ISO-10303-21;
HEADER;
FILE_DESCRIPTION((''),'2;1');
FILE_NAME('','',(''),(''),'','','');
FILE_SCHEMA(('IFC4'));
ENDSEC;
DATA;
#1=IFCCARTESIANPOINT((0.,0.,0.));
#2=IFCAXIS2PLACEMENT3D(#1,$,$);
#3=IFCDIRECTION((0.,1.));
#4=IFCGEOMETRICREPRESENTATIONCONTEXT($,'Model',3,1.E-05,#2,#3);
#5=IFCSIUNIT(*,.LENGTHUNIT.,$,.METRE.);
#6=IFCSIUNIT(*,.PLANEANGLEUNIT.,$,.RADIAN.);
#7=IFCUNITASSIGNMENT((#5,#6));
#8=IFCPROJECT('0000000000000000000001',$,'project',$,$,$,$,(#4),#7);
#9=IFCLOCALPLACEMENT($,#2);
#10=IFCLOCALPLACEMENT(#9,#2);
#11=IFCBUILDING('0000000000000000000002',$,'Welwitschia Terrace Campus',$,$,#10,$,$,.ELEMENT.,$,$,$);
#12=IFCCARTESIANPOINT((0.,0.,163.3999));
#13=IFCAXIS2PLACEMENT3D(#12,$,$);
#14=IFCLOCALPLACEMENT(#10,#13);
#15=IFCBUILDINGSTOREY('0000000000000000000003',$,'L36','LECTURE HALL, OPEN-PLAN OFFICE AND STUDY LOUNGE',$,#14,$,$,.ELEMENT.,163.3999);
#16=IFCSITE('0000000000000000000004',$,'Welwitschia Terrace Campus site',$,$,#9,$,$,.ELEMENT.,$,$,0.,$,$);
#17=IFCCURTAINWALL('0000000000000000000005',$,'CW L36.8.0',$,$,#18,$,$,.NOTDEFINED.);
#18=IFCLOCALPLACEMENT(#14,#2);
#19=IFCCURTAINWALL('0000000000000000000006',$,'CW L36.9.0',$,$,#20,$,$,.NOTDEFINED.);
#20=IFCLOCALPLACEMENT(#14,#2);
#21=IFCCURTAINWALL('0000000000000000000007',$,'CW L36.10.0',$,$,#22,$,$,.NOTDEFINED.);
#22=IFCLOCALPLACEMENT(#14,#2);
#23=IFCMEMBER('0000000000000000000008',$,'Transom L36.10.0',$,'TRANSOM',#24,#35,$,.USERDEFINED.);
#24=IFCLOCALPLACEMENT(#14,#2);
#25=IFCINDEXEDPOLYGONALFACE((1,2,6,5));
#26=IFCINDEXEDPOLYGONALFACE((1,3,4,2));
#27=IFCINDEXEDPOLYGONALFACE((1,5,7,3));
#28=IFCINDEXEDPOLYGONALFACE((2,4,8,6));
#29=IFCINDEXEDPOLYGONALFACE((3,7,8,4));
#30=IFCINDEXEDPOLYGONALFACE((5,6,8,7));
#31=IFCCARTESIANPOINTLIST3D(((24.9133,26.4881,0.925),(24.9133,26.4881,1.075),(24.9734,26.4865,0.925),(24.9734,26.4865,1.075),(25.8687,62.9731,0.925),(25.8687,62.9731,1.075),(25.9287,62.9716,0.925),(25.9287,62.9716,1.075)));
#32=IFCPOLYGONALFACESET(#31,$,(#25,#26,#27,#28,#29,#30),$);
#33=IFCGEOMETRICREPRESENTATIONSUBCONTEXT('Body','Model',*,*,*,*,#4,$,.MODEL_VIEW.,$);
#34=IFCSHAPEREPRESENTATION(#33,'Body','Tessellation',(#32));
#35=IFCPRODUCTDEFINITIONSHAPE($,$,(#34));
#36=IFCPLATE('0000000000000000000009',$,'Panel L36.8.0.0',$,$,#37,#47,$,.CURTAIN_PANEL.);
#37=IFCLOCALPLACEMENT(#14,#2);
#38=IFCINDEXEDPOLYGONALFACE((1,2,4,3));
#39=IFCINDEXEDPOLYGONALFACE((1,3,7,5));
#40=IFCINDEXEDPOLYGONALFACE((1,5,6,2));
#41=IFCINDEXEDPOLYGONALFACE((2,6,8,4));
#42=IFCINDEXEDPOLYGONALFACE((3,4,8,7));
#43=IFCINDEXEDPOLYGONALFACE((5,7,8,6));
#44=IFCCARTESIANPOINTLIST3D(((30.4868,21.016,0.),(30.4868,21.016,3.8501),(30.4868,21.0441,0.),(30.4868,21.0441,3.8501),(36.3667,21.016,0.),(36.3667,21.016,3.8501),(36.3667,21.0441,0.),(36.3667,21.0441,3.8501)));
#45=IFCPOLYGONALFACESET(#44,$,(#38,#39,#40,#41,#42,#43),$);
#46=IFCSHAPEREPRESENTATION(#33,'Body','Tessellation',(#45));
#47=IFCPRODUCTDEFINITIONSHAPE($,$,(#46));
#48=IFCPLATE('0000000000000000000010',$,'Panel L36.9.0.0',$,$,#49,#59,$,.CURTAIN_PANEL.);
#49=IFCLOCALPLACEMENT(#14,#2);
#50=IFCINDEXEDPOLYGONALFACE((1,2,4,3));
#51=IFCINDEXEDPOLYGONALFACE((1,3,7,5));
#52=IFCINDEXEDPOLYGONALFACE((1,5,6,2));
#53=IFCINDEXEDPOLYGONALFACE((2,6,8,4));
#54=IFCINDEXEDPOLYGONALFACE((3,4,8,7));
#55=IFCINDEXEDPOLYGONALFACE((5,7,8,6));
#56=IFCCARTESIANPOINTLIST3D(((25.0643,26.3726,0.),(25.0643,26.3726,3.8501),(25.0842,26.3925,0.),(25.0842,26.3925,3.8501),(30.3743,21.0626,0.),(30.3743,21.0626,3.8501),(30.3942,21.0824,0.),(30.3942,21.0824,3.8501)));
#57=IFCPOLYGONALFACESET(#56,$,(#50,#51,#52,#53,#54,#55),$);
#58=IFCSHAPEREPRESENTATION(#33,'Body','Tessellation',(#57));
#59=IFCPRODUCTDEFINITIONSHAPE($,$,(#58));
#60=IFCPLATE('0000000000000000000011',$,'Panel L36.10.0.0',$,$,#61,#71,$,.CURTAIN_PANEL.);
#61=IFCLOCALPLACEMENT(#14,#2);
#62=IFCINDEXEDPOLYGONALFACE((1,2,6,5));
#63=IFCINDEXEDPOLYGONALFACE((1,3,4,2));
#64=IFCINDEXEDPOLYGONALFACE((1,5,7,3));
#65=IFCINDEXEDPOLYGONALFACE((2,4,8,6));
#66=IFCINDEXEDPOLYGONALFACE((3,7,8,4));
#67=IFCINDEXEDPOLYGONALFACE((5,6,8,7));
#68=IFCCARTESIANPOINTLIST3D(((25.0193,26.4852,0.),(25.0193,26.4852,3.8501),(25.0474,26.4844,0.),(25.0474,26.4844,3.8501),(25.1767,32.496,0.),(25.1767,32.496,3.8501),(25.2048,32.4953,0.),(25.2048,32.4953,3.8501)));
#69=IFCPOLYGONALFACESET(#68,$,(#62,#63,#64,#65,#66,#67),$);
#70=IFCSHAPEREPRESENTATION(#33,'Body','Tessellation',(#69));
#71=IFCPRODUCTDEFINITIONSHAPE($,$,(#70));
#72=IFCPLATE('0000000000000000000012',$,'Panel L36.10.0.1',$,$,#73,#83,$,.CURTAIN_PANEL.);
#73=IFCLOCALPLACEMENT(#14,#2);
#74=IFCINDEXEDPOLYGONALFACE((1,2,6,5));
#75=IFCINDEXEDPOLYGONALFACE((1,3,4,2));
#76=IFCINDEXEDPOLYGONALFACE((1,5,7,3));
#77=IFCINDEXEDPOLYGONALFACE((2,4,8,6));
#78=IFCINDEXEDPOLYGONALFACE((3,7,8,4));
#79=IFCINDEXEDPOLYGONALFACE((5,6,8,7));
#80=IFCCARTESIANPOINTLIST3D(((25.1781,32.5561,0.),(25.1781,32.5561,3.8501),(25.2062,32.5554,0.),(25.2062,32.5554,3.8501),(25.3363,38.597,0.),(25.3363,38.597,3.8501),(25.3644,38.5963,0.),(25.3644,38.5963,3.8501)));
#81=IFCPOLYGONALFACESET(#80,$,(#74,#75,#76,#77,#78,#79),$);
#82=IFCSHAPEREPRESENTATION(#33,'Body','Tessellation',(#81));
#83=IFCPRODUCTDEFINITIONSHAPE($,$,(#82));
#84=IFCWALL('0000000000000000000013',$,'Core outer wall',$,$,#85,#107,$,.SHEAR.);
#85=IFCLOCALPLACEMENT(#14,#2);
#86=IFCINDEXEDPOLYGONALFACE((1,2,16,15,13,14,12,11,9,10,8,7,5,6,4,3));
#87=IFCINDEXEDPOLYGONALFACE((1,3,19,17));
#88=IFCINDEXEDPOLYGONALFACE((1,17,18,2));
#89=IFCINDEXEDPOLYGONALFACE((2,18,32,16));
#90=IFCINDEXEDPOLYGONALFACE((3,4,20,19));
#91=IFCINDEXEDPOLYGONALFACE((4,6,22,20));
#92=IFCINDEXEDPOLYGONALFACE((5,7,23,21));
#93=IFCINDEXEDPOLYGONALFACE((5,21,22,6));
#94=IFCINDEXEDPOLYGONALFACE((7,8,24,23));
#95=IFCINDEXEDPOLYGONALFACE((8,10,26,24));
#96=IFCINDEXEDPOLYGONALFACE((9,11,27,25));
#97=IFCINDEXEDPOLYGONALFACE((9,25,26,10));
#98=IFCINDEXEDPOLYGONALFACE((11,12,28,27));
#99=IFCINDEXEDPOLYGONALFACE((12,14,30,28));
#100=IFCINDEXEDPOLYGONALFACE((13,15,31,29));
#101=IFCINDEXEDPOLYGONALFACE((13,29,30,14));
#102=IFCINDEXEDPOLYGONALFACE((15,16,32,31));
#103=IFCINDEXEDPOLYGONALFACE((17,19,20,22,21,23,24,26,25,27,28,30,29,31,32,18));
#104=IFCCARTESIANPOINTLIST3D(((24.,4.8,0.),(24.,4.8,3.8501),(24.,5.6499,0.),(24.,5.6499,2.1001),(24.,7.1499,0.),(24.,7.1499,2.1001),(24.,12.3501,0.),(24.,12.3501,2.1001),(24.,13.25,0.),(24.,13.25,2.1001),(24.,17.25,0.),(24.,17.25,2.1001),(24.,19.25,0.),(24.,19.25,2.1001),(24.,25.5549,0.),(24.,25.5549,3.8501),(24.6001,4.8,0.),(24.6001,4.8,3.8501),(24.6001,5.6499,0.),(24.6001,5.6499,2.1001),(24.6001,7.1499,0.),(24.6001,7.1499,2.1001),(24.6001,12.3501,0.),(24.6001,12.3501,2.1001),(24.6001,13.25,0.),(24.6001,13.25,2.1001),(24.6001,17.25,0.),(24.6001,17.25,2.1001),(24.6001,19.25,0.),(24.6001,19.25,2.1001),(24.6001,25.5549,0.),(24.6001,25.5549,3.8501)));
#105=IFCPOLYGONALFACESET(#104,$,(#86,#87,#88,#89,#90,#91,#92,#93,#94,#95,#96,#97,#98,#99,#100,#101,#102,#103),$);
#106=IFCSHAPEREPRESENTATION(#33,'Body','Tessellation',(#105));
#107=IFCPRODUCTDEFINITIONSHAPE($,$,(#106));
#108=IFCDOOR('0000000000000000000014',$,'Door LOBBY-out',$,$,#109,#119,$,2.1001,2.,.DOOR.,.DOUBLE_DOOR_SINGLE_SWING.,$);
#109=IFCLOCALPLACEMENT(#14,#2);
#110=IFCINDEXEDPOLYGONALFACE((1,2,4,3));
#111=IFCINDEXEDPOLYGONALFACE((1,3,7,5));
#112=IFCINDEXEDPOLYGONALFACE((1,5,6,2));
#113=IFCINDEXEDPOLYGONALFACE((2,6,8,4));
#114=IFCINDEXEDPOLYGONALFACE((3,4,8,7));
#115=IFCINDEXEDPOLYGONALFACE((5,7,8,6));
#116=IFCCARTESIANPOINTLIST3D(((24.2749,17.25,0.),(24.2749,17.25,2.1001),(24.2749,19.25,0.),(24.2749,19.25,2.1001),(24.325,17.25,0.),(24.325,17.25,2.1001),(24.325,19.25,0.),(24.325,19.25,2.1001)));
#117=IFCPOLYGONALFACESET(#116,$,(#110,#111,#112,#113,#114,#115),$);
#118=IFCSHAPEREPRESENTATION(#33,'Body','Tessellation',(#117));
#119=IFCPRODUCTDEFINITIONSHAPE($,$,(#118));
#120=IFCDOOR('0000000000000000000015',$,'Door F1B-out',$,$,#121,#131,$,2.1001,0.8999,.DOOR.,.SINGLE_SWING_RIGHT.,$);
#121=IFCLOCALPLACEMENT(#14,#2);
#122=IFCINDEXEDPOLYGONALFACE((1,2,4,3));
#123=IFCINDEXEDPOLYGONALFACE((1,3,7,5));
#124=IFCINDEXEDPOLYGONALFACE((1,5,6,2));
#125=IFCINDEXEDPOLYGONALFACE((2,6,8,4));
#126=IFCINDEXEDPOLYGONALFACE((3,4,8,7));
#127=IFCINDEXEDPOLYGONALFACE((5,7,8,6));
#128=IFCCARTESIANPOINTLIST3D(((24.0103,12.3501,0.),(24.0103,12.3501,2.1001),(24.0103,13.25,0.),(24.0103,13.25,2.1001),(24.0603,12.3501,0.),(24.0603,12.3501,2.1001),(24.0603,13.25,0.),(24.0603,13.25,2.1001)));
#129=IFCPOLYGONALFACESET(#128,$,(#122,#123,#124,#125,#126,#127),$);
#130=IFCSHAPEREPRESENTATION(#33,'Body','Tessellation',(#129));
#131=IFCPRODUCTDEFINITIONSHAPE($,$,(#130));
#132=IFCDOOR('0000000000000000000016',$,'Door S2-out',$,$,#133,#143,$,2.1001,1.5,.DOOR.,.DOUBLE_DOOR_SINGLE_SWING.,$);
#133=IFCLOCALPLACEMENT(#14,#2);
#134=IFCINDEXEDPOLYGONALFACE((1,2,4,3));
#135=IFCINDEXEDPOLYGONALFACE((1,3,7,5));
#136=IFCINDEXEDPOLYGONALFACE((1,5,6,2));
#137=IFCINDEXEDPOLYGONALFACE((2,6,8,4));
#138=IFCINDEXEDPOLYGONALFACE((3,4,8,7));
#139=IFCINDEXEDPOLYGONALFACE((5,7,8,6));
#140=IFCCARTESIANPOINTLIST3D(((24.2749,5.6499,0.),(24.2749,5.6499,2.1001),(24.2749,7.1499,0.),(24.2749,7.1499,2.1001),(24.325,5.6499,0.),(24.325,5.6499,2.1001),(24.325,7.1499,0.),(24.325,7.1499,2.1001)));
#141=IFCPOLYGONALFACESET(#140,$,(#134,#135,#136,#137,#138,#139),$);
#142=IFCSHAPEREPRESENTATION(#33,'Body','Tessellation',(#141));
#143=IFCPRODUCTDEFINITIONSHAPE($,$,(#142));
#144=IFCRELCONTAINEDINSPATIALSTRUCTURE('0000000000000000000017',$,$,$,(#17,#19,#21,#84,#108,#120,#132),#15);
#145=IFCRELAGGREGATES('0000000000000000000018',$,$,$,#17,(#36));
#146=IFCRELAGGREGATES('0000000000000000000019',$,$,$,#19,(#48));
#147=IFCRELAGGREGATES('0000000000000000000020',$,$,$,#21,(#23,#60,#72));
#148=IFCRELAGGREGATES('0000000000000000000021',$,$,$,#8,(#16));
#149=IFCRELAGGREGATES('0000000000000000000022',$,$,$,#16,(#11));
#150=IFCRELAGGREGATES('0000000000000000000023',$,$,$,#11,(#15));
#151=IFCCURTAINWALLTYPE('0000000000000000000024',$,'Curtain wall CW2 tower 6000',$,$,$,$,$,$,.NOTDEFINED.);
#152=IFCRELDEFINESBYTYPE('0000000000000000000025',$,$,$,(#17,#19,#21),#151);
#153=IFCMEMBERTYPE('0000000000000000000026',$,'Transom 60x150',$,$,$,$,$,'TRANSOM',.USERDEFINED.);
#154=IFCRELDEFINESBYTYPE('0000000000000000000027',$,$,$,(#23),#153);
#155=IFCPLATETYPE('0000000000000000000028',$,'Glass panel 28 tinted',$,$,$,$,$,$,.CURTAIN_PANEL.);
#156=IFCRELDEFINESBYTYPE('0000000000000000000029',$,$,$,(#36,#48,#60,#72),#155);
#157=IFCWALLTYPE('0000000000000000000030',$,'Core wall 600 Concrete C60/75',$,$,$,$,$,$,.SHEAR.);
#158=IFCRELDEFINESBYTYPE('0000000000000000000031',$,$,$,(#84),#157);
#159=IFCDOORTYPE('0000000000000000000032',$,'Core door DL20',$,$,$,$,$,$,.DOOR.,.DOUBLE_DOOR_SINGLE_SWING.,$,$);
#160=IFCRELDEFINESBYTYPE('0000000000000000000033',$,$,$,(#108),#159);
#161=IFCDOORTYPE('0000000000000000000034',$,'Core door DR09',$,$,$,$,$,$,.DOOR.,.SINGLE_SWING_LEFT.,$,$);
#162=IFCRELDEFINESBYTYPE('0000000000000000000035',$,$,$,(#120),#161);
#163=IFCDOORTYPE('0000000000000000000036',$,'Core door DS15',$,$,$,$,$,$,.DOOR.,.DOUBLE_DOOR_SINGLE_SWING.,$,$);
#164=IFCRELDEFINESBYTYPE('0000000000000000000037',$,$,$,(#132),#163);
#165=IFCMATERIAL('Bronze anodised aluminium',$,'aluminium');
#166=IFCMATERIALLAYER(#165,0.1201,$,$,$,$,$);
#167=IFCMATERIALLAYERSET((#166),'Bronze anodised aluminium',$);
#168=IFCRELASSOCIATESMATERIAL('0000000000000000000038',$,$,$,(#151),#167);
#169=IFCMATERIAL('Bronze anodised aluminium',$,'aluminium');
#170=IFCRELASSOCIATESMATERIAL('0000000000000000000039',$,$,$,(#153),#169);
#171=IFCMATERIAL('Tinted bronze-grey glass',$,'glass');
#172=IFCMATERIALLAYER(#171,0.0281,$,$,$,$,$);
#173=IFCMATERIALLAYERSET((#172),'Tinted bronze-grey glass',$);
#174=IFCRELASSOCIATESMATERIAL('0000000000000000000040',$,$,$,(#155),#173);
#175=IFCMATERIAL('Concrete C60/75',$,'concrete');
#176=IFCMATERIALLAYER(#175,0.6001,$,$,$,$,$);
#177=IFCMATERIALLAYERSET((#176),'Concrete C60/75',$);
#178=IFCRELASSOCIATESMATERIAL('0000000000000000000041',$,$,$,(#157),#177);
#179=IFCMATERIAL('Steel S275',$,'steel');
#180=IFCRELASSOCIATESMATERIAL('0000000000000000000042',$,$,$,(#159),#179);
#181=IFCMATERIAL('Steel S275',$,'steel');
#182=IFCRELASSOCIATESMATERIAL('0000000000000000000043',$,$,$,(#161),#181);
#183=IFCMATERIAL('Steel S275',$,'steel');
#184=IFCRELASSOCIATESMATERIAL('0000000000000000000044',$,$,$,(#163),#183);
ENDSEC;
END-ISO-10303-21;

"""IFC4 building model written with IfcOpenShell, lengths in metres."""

from ifc_helpers import new_model, si_unit, direction, frame, frame_2d, origin, origin_2d, place, context, subcontext, project, spatial, rectangle, extrude, material, layer, layer_set, material_profile, profile_set, type_object, element, fill, aggregate, save


model = new_model("IFC4")

# Units and contexts
model_context = context("Model", 3, precision=1e-05, world=origin(), true_north=direction((0.0, 1.0)))
body_context = subcontext(model_context, "Body", "Model", "MODEL_VIEW")
ifc_project = project(units=[si_unit("LENGTHUNIT", "METRE"), si_unit("PLANEANGLEUNIT", "RADIAN")], contexts=[model_context])

# Site, building, storey
site_placement = place(None, origin())
site = spatial("IfcSite", under=ifc_project, at=site_placement, Name="Welwitschia Terrace Campus site", CompositionType="ELEMENT", RefElevation=0.0)
building_placement = place(site_placement, origin())
building = spatial("IfcBuilding", under=site, at=building_placement, Name="Welwitschia Terrace Campus", CompositionType="ELEMENT")
storey_placement = place(building_placement, frame((0.0, 0.0, 163.3999)))
storey = spatial("IfcBuildingStorey", under=building, at=storey_placement, Name="L36", Description="LECTURE HALL, OPEN-PLAN OFFICE AND STUDY LOUNGE", CompositionType="ELEMENT", Elevation=163.3999)

# Shared definitions
ifc_material_1 = material(Name="Bronze anodised aluminium", Category="aluminium")
ifc_layer_1 = layer(ifc_material_1, 0.1201)
ifc_layer_set_1 = layer_set([ifc_layer_1], Name="Bronze anodised aluminium")
curtain_wall_type = type_object("IfcCurtainWallType", Name="Curtain wall CW2 tower 6000", PredefinedType="NOTDEFINED", material=ifc_layer_set_1)

# Curtain walls
curtain_wall_1_placement = place(storey_placement, origin())
curtain_wall_1 = element("IfcCurtainWall", 1, at=curtain_wall_1_placement, inside=storey, type_object=curtain_wall_type, Name="CW L36.8.0", PredefinedType="NOTDEFINED")
curtain_wall_2_placement = place(storey_placement, origin())
curtain_wall_2 = element("IfcCurtainWall", 2, at=curtain_wall_2_placement, inside=storey, type_object=curtain_wall_type, Name="CW L36.9.0", PredefinedType="NOTDEFINED")
curtain_wall_3_placement = place(storey_placement, origin())
curtain_wall_3 = element("IfcCurtainWall", 3, at=curtain_wall_3_placement, inside=storey, type_object=curtain_wall_type, Name="CW L36.10.0", PredefinedType="NOTDEFINED")

# Member
ifc_material_2 = material(Name="Bronze anodised aluminium", Category="aluminium")
ifc_material_profile_1 = material_profile(ifc_material_2, rectangle(XDim=0.0601, YDim=0.1499, at=origin_2d()))
ifc_profile_set_1 = profile_set([ifc_material_profile_1], Name="Bronze anodised aluminium")
member_type_1 = type_object("IfcMemberType", Name="Transom 60x150", ElementType="TRANSOM", PredefinedType="USERDEFINED", material=ifc_profile_set_1)
member_1_placement = place(storey_placement, frame((24.9434, 26.4873, 1.0), z_axis=(0.026175, 0.999657, 0.0), x_axis=(-0.999657, 0.026175, 0.0)))
member_1 = element("IfcMember", 4, at=member_1_placement, type_object=member_type_1, Name="Transom L36.10.0", ObjectType="TRANSOM", PredefinedType="USERDEFINED", context=body_context, shape_type="SweptSolid", body=[
    extrude(rectangle(XDim=0.0601, YDim=0.1499, at=origin_2d()), origin(), (0.0, 0.0, 1.0), 36.4976),
])

# Plates
ifc_material_3 = material(Name="Tinted bronze-grey glass", Category="glass")
ifc_layer_2 = layer(ifc_material_3, 0.0281)
ifc_layer_set_2 = layer_set([ifc_layer_2], Name="Tinted bronze-grey glass")
plate_type = type_object("IfcPlateType", Name="Glass panel 28 tinted", PredefinedType="CURTAIN_PANEL", material=ifc_layer_set_2)
plate_1_placement = place(storey_placement, frame((33.4268, 21.03, 0.0), z_axis=(0.0, 0.0, 1.0), x_axis=(-1.0, 0.0, 0.0)))
plate_1 = element("IfcPlate", 5, at=plate_1_placement, type_object=plate_type, Name="Panel L36.8.0.0", PredefinedType="CURTAIN_PANEL", context=body_context, shape_type="SweptSolid", body=[
    extrude(rectangle(XDim=5.8799, YDim=0.0281, at=origin_2d()), origin(), (0.0, 0.0, 1.0), 3.8501),
])
aggregate(curtain_wall_1, [plate_1])
plate_2_placement = place(storey_placement, frame((27.7292, 23.7275, 0.0), z_axis=(0.0, 0.0, 1.0), x_axis=(-0.707107, 0.707107, 0.0)))
plate_2 = element("IfcPlate", 6, at=plate_2_placement, type_object=plate_type, Name="Panel L36.9.0.0", PredefinedType="CURTAIN_PANEL", context=body_context, shape_type="SweptSolid", body=[
    extrude(rectangle(XDim=7.5095, YDim=0.0281, at=origin_2d()), origin(), (0.0, 0.0, 1.0), 3.8501),
])
aggregate(curtain_wall_2, [plate_2])
plate_3_placement = place(storey_placement, frame((25.1121, 29.4902, 0.0), z_axis=(0.0, 0.0, 1.0), x_axis=(0.026177, 0.999657, 0.0)))
plate_3 = element("IfcPlate", 7, at=plate_3_placement, type_object=plate_type, Name="Panel L36.10.0.0", PredefinedType="CURTAIN_PANEL", context=body_context, shape_type="SweptSolid", body=[
    extrude(rectangle(XDim=6.0129, YDim=0.0281, at=origin_2d()), origin(), (0.0, 0.0, 1.0), 3.8501),
])
plate_4_placement = place(storey_placement, frame((25.2712, 35.5762, 0.0), z_axis=(0.0, 0.0, 1.0), x_axis=(0.026177, 0.999657, 0.0)))
plate_4 = element("IfcPlate", 8, at=plate_4_placement, type_object=plate_type, Name="Panel L36.10.0.1", PredefinedType="CURTAIN_PANEL", context=body_context, shape_type="SweptSolid", body=[
    extrude(rectangle(XDim=6.043, YDim=0.0281, at=origin_2d()), origin(), (0.0, 0.0, 1.0), 3.8501),
])
aggregate(curtain_wall_3, [member_1, plate_3, plate_4])

# Wall, openings, doors
ifc_material_4 = material(Name="Concrete C60/75", Category="concrete")
ifc_layer_3 = layer(ifc_material_4, 0.6001)
ifc_layer_set_3 = layer_set([ifc_layer_3], Name="Concrete C60/75")
wall_type = type_object("IfcWallType", Name="Core wall 600 Concrete C60/75", PredefinedType="SHEAR", material=ifc_layer_set_3)
wall_placement = place(storey_placement, frame((24.3, 25.5549, 0.0), z_axis=(0.0, 0.0, 1.0), x_axis=(0.0, -1.0, 0.0)))
wall = element("IfcWall", 9, at=wall_placement, inside=storey, type_object=wall_type, Name="Core outer wall", PredefinedType="SHEAR", context=body_context, shape_type="SweptSolid", body=[
    extrude(rectangle(XDim=20.7549, YDim=0.6001, at=frame_2d((10.3774, 0.0))), origin(), (0.0, 0.0, 1.0), 3.8501),
])
opening_1_placement = place(wall_placement, frame((18.405, 0.0, 0.0)))
opening_1 = element("IfcOpeningElement", 10, at=opening_1_placement, cuts=wall, PredefinedType="OPENING", context=body_context, shape_type="SweptSolid", body=[
    extrude(rectangle(XDim=1.5, YDim=2.1001, at=frame_2d((0.75, 1.05))), frame((0.0, 0.3101, 0.0), z_axis=(0.0, -1.0, 0.0), x_axis=(1.0, 0.0, 0.0)), (0.0, 0.0, 1.0), 0.6201),
])
opening_2_placement = place(wall_placement, frame((12.3049, 0.0, 0.0)))
opening_2 = element("IfcOpeningElement", 11, at=opening_2_placement, cuts=wall, PredefinedType="OPENING", context=body_context, shape_type="SweptSolid", body=[
    extrude(rectangle(XDim=0.8999, YDim=2.1001, at=frame_2d((0.45, 1.05))), frame((0.0, 0.3101, 0.0), z_axis=(0.0, -1.0, 0.0), x_axis=(1.0, 0.0, 0.0)), (0.0, 0.0, 1.0), 0.6201),
])
opening_3_placement = place(wall_placement, frame((6.3049, 0.0, 0.0)))
opening_3 = element("IfcOpeningElement", 12, at=opening_3_placement, cuts=wall, PredefinedType="OPENING", context=body_context, shape_type="SweptSolid", body=[
    extrude(rectangle(XDim=2.0, YDim=2.1001, at=frame_2d((1.0, 1.05))), frame((0.0, 0.3101, 0.0), z_axis=(0.0, -1.0, 0.0), x_axis=(1.0, 0.0, 0.0)), (0.0, 0.0, 1.0), 0.6201),
])
ifc_material_5 = material(Name="Steel S275", Category="steel")
door_type_1 = type_object("IfcDoorType", Name="Core door DL20", OperationType="DOUBLE_DOOR_SINGLE_SWING", PredefinedType="DOOR", material=ifc_material_5)
door_1_placement = place(opening_3_placement, origin())
door_1 = element("IfcDoor", 13, at=door_1_placement, inside=storey, type_object=door_type_1, Name="Door LOBBY-out", OperationType="DOUBLE_DOOR_SINGLE_SWING", OverallHeight=2.1001, OverallWidth=2.0, PredefinedType="DOOR", context=body_context, shape_type="SweptSolid", body=[
    extrude(rectangle(XDim=2.0, YDim=2.1001, at=frame_2d((1.0, 1.05))), frame((0.0, 0.0249, 0.0), z_axis=(0.0, -1.0, 0.0), x_axis=(1.0, 0.0, 0.0)), (0.0, 0.0, 1.0), 0.05),
])
fill(opening_3, door_1)
ifc_material_6 = material(Name="Steel S275", Category="steel")
door_type_2 = type_object("IfcDoorType", Name="Core door DR09", OperationType="SINGLE_SWING_LEFT", PredefinedType="DOOR", material=ifc_material_6)
door_2_placement = place(opening_2_placement, origin())
door_2 = element("IfcDoor", 14, at=door_2_placement, inside=storey, type_object=door_type_2, Name="Door F1B-out", OperationType="SINGLE_SWING_RIGHT", OverallHeight=2.1001, OverallWidth=0.8999, PredefinedType="DOOR", context=body_context, shape_type="SweptSolid", body=[
    extrude(rectangle(XDim=0.8999, YDim=2.1001, at=frame_2d((0.45, 1.05))), frame((0.0, -0.2397, 0.0), z_axis=(0.0, -1.0, 0.0), x_axis=(1.0, 0.0, 0.0)), (0.0, 0.0, 1.0), 0.05),
])
fill(opening_2, door_2)
ifc_material_7 = material(Name="Steel S275", Category="steel")
door_type_3 = type_object("IfcDoorType", Name="Core door DS15", OperationType="DOUBLE_DOOR_SINGLE_SWING", PredefinedType="DOOR", material=ifc_material_7)
door_3_placement = place(opening_1_placement, origin())
door_3 = element("IfcDoor", 15, at=door_3_placement, inside=storey, type_object=door_type_3, Name="Door S2-out", OperationType="DOUBLE_DOOR_SINGLE_SWING", OverallHeight=2.1001, OverallWidth=1.5, PredefinedType="DOOR", context=body_context, shape_type="SweptSolid", body=[
    extrude(rectangle(XDim=1.5, YDim=2.1001, at=frame_2d((0.75, 1.05))), frame((0.0, 0.0249, 0.0), z_axis=(0.0, -1.0, 0.0), x_axis=(1.0, 0.0, 0.0)), (0.0, 0.0, 1.0), 0.05),
])
fill(opening_1, door_3)

save(model, "model.ifc")
